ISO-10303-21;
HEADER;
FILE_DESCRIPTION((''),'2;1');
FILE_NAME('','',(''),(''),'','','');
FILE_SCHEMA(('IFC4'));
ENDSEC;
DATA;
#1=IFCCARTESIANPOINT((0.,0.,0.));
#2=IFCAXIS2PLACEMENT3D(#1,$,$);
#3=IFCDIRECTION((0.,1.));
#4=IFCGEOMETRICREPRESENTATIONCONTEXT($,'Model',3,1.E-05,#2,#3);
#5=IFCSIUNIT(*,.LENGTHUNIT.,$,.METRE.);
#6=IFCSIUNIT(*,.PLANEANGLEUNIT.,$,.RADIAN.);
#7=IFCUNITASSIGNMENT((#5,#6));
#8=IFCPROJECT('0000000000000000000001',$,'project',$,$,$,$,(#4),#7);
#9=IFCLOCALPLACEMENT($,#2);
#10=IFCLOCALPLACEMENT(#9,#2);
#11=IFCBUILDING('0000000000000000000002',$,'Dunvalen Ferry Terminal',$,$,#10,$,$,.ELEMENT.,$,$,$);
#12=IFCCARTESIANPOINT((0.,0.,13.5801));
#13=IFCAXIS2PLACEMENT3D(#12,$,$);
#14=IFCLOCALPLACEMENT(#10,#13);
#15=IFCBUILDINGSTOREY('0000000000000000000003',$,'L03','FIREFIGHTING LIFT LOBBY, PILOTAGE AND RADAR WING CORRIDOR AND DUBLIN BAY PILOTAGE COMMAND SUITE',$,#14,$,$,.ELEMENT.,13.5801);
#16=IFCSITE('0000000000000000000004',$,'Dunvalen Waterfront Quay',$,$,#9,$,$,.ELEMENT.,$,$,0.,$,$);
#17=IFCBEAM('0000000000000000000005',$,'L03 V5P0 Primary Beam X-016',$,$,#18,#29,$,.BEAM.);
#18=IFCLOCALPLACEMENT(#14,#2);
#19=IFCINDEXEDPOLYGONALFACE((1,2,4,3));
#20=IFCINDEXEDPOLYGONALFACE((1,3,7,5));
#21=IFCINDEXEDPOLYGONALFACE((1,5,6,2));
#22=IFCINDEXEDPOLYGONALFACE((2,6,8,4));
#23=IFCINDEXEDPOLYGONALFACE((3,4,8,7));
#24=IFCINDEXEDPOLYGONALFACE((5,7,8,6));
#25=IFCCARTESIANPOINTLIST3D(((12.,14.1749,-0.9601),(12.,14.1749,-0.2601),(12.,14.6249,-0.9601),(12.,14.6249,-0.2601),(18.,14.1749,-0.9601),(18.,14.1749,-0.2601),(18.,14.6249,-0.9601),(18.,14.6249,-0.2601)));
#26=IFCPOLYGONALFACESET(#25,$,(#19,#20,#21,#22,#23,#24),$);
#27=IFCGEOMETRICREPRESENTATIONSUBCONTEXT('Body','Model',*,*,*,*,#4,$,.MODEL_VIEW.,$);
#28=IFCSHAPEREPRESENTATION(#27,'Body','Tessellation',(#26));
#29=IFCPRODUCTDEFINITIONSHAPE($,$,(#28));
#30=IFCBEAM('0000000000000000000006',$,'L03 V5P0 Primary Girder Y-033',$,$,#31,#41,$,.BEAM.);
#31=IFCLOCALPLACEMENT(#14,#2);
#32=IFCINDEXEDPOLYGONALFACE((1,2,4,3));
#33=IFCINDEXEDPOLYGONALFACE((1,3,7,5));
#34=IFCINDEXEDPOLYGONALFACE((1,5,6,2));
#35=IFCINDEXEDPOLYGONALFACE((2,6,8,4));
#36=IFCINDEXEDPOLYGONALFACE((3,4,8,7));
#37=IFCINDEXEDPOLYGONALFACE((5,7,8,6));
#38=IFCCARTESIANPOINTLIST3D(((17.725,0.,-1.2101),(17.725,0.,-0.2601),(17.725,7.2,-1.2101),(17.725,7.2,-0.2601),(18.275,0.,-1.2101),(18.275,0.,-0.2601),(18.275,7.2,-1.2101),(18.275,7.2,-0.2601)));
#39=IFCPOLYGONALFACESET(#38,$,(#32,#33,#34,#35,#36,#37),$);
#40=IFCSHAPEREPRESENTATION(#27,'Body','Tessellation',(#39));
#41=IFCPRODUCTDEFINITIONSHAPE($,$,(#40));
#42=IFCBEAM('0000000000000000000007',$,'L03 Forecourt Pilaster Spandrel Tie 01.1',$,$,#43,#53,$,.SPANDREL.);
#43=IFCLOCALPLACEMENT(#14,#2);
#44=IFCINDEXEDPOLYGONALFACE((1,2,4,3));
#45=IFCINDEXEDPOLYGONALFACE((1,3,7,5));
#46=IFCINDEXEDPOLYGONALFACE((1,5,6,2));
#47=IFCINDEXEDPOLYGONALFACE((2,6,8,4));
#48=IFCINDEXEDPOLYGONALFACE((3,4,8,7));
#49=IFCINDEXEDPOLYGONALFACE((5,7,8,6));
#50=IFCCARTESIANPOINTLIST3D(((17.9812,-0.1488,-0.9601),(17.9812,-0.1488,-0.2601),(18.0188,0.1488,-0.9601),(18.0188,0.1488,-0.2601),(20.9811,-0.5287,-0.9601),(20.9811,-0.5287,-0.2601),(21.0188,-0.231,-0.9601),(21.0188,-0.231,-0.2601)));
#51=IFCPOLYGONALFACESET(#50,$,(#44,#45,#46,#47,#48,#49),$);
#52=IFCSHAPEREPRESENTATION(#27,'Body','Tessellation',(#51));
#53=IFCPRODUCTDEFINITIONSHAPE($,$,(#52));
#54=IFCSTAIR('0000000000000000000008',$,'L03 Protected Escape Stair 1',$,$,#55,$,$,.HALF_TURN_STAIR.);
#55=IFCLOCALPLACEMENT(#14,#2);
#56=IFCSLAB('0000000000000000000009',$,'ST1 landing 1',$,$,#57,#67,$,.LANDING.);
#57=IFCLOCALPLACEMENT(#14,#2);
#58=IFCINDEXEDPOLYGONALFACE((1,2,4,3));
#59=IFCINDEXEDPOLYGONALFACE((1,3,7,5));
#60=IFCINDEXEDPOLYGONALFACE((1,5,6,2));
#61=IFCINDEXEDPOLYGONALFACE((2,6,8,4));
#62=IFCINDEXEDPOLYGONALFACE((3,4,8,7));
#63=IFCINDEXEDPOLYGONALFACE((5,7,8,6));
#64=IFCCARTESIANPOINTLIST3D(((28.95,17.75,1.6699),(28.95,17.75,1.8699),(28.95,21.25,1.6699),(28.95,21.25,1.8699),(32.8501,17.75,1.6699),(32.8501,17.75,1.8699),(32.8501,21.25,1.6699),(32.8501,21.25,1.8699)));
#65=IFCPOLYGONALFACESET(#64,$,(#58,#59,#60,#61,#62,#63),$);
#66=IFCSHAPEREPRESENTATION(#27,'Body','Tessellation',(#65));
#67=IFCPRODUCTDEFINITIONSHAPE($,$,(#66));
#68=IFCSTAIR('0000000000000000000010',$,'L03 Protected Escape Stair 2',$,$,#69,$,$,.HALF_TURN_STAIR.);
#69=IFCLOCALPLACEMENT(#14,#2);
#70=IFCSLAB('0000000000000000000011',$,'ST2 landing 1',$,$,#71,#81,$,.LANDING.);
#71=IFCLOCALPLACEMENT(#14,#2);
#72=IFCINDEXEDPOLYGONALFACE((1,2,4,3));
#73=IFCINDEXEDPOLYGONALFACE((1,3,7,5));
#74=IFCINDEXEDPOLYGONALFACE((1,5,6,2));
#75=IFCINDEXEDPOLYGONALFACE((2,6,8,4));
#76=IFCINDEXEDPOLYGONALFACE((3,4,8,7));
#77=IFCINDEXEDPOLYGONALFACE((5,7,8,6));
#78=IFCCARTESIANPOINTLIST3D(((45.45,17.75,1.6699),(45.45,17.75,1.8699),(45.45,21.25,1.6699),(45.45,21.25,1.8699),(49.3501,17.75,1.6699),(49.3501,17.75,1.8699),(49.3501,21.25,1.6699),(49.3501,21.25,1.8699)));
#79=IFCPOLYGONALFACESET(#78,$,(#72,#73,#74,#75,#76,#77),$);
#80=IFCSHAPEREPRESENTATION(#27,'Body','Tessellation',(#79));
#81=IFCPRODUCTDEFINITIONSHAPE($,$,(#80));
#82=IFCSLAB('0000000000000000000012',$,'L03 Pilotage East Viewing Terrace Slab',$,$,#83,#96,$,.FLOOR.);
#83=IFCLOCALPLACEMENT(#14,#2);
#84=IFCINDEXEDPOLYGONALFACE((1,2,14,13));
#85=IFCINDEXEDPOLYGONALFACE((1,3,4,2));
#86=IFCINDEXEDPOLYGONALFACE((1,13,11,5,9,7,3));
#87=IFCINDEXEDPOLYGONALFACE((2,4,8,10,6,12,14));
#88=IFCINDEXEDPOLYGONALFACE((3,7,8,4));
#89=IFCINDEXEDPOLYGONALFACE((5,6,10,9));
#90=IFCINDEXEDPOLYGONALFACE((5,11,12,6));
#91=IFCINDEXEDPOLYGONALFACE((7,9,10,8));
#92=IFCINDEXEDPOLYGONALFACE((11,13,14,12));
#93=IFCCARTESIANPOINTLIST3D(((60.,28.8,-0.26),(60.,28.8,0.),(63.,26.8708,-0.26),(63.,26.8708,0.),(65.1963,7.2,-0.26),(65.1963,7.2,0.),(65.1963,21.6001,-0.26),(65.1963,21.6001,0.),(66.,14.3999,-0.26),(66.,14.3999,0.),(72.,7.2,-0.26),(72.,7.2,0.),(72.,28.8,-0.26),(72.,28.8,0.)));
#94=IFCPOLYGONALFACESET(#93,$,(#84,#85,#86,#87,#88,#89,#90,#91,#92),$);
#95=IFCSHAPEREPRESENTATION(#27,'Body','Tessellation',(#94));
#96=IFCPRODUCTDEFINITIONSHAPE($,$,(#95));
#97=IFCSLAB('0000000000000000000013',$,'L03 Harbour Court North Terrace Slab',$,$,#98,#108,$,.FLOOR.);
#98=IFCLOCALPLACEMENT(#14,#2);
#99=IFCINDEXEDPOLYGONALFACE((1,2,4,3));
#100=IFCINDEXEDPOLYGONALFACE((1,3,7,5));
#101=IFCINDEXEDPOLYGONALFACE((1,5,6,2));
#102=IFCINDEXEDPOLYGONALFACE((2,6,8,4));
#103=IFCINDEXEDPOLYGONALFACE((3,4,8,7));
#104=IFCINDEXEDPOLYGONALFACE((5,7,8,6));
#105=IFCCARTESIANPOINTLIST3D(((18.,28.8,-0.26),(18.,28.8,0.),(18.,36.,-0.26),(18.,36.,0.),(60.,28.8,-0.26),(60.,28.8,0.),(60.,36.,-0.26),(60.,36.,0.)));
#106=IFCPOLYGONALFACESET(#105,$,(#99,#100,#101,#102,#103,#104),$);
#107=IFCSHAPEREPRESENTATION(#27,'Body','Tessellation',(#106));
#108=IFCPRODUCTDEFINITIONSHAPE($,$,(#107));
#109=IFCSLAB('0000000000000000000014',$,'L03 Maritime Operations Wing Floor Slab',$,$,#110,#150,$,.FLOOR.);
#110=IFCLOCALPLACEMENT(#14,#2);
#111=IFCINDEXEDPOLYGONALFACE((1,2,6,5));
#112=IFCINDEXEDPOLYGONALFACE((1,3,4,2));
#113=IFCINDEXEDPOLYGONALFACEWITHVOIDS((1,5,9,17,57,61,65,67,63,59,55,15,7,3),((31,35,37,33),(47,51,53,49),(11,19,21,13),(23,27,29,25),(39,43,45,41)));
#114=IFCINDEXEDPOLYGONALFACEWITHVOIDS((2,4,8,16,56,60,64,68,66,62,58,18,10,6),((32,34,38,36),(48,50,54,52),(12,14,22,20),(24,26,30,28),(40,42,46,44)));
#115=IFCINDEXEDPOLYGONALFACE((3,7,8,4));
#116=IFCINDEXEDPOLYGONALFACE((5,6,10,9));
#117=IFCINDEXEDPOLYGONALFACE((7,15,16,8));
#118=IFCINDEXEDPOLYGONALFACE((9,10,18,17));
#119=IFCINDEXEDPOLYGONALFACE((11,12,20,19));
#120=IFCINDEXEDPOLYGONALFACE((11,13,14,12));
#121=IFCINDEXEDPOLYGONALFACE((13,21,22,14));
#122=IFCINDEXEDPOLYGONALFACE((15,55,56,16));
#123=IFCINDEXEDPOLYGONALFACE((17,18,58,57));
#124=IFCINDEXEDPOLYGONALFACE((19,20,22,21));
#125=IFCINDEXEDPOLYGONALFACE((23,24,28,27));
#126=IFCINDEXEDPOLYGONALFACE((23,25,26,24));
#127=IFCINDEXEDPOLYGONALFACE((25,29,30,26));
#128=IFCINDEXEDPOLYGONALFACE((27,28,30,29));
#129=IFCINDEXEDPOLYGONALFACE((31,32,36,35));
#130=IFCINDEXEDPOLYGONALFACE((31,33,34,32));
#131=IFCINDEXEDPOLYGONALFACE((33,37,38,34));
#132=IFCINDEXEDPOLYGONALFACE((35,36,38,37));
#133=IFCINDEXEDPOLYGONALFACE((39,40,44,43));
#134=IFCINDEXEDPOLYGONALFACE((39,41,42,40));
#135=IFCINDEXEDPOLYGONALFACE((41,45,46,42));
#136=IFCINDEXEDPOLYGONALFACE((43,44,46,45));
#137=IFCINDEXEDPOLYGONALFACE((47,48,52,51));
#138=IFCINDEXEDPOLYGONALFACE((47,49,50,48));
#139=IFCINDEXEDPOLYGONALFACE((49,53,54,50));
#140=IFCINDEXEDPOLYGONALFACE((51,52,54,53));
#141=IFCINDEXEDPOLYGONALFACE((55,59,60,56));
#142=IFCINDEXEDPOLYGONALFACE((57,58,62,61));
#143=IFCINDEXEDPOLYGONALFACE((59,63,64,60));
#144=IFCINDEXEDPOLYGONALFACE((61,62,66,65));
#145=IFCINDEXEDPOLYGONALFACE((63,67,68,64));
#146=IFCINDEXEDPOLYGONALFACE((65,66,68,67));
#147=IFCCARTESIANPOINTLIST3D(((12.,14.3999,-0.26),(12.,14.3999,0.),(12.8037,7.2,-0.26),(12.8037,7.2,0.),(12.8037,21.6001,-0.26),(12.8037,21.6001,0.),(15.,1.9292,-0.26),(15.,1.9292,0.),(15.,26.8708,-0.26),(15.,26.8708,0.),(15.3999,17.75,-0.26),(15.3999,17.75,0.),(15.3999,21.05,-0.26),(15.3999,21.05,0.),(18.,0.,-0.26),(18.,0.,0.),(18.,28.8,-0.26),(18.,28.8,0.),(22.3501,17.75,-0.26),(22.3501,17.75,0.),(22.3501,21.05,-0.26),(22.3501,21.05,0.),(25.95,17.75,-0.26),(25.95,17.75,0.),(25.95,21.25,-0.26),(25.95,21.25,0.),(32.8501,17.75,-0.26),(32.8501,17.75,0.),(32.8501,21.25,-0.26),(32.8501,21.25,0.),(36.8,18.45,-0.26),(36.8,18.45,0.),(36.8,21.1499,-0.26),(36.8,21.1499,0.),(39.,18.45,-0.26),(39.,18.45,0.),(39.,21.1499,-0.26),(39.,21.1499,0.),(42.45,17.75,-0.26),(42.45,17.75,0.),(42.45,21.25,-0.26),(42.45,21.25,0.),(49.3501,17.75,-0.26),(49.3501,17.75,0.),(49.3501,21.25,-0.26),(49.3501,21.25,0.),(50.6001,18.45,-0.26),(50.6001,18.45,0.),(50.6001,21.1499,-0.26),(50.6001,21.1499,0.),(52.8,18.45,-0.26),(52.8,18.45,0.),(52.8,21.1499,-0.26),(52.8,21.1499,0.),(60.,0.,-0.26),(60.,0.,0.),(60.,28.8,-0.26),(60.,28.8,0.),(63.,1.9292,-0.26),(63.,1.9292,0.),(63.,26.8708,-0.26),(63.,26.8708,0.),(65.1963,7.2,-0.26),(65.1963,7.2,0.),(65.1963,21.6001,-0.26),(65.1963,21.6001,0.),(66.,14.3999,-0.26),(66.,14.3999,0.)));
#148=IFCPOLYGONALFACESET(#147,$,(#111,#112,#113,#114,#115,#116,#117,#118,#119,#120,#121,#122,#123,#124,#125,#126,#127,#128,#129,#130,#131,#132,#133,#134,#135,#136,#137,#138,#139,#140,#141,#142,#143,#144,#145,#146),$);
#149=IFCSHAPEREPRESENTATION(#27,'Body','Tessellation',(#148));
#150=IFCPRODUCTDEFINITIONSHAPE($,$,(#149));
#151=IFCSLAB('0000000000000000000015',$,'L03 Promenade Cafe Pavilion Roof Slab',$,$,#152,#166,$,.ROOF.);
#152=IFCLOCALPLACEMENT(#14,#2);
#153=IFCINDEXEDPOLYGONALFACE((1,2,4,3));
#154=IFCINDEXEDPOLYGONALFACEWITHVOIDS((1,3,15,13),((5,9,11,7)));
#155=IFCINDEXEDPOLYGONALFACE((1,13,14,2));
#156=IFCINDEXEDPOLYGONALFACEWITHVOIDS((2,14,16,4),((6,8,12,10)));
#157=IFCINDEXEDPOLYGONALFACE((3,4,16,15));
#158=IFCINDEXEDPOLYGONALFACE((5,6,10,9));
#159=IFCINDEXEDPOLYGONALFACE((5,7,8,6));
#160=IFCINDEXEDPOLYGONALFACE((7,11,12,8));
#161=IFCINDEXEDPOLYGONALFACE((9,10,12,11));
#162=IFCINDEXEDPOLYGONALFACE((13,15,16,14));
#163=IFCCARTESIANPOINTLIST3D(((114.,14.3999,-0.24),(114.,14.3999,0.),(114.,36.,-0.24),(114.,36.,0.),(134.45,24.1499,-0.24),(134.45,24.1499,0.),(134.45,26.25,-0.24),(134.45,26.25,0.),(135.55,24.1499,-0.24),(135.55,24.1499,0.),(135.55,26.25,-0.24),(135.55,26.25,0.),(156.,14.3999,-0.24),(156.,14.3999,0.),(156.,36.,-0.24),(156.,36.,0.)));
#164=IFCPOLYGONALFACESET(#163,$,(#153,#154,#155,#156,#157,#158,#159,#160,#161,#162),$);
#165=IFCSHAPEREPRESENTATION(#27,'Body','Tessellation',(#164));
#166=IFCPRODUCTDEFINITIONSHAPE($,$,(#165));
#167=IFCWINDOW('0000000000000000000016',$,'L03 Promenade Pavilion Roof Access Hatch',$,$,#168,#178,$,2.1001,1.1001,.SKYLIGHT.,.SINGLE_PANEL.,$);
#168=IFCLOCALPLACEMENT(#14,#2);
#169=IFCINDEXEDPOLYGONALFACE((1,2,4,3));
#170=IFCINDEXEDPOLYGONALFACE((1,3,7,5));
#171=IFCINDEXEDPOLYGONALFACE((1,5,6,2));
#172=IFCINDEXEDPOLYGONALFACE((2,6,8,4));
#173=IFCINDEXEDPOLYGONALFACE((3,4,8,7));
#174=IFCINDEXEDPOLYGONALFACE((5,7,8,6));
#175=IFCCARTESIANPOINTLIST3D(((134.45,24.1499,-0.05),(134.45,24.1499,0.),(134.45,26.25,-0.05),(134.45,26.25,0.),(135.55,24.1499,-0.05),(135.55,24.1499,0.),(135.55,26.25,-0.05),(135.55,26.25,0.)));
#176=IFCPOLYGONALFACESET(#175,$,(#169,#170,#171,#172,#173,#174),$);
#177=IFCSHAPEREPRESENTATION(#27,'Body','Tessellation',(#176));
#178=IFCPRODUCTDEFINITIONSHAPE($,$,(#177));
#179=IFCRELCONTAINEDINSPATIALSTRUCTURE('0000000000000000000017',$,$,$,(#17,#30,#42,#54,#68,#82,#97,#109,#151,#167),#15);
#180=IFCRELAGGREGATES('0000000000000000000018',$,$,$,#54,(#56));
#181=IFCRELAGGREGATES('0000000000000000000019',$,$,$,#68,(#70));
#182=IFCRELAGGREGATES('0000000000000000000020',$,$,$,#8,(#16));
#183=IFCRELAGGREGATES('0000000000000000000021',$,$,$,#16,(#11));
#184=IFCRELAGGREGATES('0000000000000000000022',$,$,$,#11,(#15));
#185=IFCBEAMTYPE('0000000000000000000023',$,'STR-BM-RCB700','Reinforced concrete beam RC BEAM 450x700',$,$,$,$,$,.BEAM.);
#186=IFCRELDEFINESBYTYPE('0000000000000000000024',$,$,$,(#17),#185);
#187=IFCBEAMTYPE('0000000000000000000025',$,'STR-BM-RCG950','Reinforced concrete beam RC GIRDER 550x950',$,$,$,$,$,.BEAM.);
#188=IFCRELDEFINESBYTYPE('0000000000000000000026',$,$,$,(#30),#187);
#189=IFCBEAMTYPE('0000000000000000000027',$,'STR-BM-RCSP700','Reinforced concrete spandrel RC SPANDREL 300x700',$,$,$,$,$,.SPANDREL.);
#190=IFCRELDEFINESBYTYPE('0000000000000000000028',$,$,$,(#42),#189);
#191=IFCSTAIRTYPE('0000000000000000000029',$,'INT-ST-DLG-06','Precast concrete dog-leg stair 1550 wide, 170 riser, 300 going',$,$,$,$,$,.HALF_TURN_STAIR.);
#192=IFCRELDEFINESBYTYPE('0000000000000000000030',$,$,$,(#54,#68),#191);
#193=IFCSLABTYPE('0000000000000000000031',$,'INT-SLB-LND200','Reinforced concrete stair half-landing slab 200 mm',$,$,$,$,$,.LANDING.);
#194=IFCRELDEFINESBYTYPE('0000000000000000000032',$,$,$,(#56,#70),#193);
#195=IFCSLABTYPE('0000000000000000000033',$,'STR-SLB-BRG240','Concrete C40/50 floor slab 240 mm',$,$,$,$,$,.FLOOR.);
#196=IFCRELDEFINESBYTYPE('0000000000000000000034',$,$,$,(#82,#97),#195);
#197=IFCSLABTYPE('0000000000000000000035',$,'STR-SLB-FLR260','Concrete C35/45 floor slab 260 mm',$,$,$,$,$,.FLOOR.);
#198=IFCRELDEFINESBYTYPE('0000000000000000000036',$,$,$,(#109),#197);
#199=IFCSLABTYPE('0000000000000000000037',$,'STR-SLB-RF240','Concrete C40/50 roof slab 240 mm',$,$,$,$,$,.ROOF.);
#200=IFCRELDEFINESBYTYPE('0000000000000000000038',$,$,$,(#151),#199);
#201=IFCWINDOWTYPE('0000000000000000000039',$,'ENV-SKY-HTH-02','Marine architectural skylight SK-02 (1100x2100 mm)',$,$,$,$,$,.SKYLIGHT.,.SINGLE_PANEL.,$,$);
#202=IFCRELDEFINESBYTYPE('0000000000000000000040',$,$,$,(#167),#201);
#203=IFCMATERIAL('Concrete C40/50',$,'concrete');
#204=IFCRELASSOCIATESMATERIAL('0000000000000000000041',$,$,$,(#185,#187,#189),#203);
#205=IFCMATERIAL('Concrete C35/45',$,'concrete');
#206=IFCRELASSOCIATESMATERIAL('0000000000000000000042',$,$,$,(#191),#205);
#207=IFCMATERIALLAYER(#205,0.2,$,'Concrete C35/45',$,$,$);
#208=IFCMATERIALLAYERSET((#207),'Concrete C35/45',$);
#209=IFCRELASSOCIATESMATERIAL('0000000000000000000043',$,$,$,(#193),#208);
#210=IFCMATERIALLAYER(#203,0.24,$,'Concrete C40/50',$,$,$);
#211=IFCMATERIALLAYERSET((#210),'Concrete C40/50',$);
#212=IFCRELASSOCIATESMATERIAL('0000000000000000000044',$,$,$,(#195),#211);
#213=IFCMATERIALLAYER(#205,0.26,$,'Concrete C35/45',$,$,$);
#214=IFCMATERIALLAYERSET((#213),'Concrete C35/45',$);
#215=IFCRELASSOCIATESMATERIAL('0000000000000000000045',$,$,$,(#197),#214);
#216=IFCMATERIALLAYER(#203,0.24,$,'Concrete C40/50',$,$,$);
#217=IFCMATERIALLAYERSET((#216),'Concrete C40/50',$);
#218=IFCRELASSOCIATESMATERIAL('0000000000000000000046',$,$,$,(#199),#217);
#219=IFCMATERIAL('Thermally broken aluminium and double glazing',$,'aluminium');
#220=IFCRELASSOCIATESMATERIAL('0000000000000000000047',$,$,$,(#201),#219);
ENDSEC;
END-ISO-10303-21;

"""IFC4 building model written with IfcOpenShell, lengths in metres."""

from ifc_helpers import new_model, si_unit, direction, frame, origin, origin_2d, place, context, subcontext, project, spatial, polyline, rectangle, outline, extrude, material, layer, layer_set, material_profile, profile_set, type_object, element, fill, aggregate, save


model = new_model("IFC4")

# Units and contexts
model_context = context("Model", 3, precision=1e-05, world=origin(), true_north=direction((0.0, 1.0)))
body_context = subcontext(model_context, "Body", "Model", "MODEL_VIEW")
ifc_project = project(units=[si_unit("LENGTHUNIT", "METRE"), si_unit("PLANEANGLEUNIT", "RADIAN")], contexts=[model_context])

# Site, building, storey
site_placement = place(None, origin())
site = spatial("IfcSite", under=ifc_project, at=site_placement, Name="Dunvalen Waterfront Quay", CompositionType="ELEMENT", RefElevation=0.0)
building_placement = place(site_placement, origin())
building = spatial("IfcBuilding", under=site, at=building_placement, Name="Dunvalen Ferry Terminal", CompositionType="ELEMENT")
storey_placement = place(building_placement, frame((0.0, 0.0, 13.5801)))
storey = spatial("IfcBuildingStorey", under=building, at=storey_placement, Name="L03", Description="FIREFIGHTING LIFT LOBBY, PILOTAGE AND RADAR WING CORRIDOR AND DUBLIN BAY PILOTAGE COMMAND SUITE", CompositionType="ELEMENT", Elevation=13.5801)

# Beams
ifc_material_1 = material(Name="Concrete C40/50", Category="concrete")
ifc_material_profile_1 = material_profile(ifc_material_1, rectangle(XDim=0.45, YDim=0.7, at=origin_2d()), Name="Concrete C40/50")
ifc_profile_set_1 = profile_set([ifc_material_profile_1], Name="Concrete C40/50")
beam_type_1 = type_object("IfcBeamType", Name="STR-BM-RCB700", Description="Reinforced concrete beam RC BEAM 450x700", PredefinedType="BEAM", material=ifc_profile_set_1)
beam_1_placement = place(storey_placement, frame((12.0, 14.3999, -0.6101), z_axis=(1.0, 0.0, 0.0), x_axis=(0.0, 1.0, 0.0)))
element("IfcBeam", 1, at=beam_1_placement, inside=storey, type_object=beam_type_1, Name="L03 V5P0 Primary Beam X-016", PredefinedType="BEAM", context=body_context, shape_type="SweptSolid", body=[
    extrude(rectangle(XDim=0.45, YDim=0.7, at=origin_2d()), origin(), (0.0, 0.0, 1.0), 6.0),
])
ifc_material_profile_2 = material_profile(ifc_material_1, rectangle(XDim=0.55, YDim=0.95, at=origin_2d()), Name="Concrete C40/50")
ifc_profile_set_2 = profile_set([ifc_material_profile_2], Name="Concrete C40/50")
beam_type_2 = type_object("IfcBeamType", Name="STR-BM-RCG950", Description="Reinforced concrete beam RC GIRDER 550x950", PredefinedType="BEAM", material=ifc_profile_set_2)
beam_2_placement = place(storey_placement, frame((18.0, 0.0, -0.7351), z_axis=(0.0, 1.0, 0.0), x_axis=(-1.0, 0.0, 0.0)))
element("IfcBeam", 2, at=beam_2_placement, inside=storey, type_object=beam_type_2, Name="L03 V5P0 Primary Girder Y-033", PredefinedType="BEAM", context=body_context, shape_type="SweptSolid", body=[
    extrude(rectangle(XDim=0.55, YDim=0.95, at=origin_2d()), origin(), (0.0, 0.0, 1.0), 7.2),
])
ifc_material_profile_3 = material_profile(ifc_material_1, rectangle(XDim=0.3, YDim=0.7, at=origin_2d()), Name="Concrete C40/50")
ifc_profile_set_3 = profile_set([ifc_material_profile_3], Name="Concrete C40/50")
beam_type_3 = type_object("IfcBeamType", Name="STR-BM-RCSP700", Description="Reinforced concrete spandrel RC SPANDREL 300x700", PredefinedType="SPANDREL", material=ifc_profile_set_3)
beam_3_placement = place(storey_placement, frame((18.0, 0.0, -0.6101), z_axis=(0.992078, -0.125624, 0.0), x_axis=(0.125624, 0.992078, 0.0)))
element("IfcBeam", 3, at=beam_3_placement, inside=storey, type_object=beam_type_3, Name="L03 Forecourt Pilaster Spandrel Tie 01.1", PredefinedType="SPANDREL", context=body_context, shape_type="SweptSolid", body=[
    extrude(rectangle(XDim=0.3, YDim=0.7, at=origin_2d()), origin(), (0.0, 0.0, 1.0), 3.0239),
])

# Stairs, slabs
ifc_material_2 = material(Name="Concrete C35/45", Category="concrete")
stair_type = type_object("IfcStairType", Name="INT-ST-DLG-06", Description="Precast concrete dog-leg stair 1550 wide, 170 riser, 300 going", PredefinedType="HALF_TURN_STAIR", material=ifc_material_2)
stair_1_placement = place(storey_placement, origin())
stair_1 = element("IfcStair", 4, at=stair_1_placement, inside=storey, type_object=stair_type, Name="L03 Protected Escape Stair 1", PredefinedType="HALF_TURN_STAIR")
ifc_layer_1 = layer(ifc_material_2, 0.2, Name="Concrete C35/45")
ifc_layer_set_1 = layer_set([ifc_layer_1], Name="Concrete C35/45")
slab_type_1 = type_object("IfcSlabType", Name="INT-SLB-LND200", Description="Reinforced concrete stair half-landing slab 200 mm", PredefinedType="LANDING", material=ifc_layer_set_1)
slab_1_placement = place(storey_placement, frame((0.0, 0.0, 1.6699)))
slab_1 = element("IfcSlab", 5, at=slab_1_placement, type_object=slab_type_1, Name="ST1 landing 1", PredefinedType="LANDING", context=body_context, shape_type="SweptSolid", body=[
    extrude(outline(polyline([(28.95, 17.75), (32.8501, 17.75), (32.8501, 21.25), (28.95, 21.25), (28.95, 17.75)])), origin(), (0.0, 0.0, 1.0), 0.2),
])
aggregate(stair_1, [slab_1])
stair_2_placement = place(storey_placement, origin())
stair_2 = element("IfcStair", 6, at=stair_2_placement, inside=storey, type_object=stair_type, Name="L03 Protected Escape Stair 2", PredefinedType="HALF_TURN_STAIR")
slab_2_placement = place(storey_placement, frame((0.0, 0.0, 1.6699)))
slab_2 = element("IfcSlab", 7, at=slab_2_placement, type_object=slab_type_1, Name="ST2 landing 1", PredefinedType="LANDING", context=body_context, shape_type="SweptSolid", body=[
    extrude(outline(polyline([(45.45, 17.75), (49.3501, 17.75), (49.3501, 21.25), (45.45, 21.25), (45.45, 17.75)])), origin(), (0.0, 0.0, 1.0), 0.2),
])
aggregate(stair_2, [slab_2])

# Slabs
ifc_layer_2 = layer(ifc_material_1, 0.24, Name="Concrete C40/50")
ifc_layer_set_2 = layer_set([ifc_layer_2], Name="Concrete C40/50")
slab_type_2 = type_object("IfcSlabType", Name="STR-SLB-BRG240", Description="Concrete C40/50 floor slab 240 mm", PredefinedType="FLOOR", material=ifc_layer_set_2)
slab_3_placement = place(storey_placement, frame((0.0, 0.0, -0.26)))
element("IfcSlab", 8, at=slab_3_placement, inside=storey, type_object=slab_type_2, Name="L03 Pilotage East Viewing Terrace Slab", PredefinedType="FLOOR", context=body_context, shape_type="SweptSolid", body=[
    extrude(outline(polyline([(60.0, 28.8), (63.0, 26.8708), (65.1963, 21.6001), (66.0, 14.3999), (65.1963, 7.2), (72.0, 7.2), (72.0, 28.8), (60.0, 28.8)])), origin(), (0.0, 0.0, 1.0), 0.26),
])
slab_4_placement = place(storey_placement, frame((0.0, 0.0, -0.26)))
element("IfcSlab", 9, at=slab_4_placement, inside=storey, type_object=slab_type_2, Name="L03 Harbour Court North Terrace Slab", PredefinedType="FLOOR", context=body_context, shape_type="SweptSolid", body=[
    extrude(outline(polyline([(18.0, 28.8), (60.0, 28.8), (60.0, 36.0), (18.0, 36.0), (18.0, 28.8)])), origin(), (0.0, 0.0, 1.0), 0.26),
])
ifc_layer_3 = layer(ifc_material_2, 0.26, Name="Concrete C35/45")
ifc_layer_set_3 = layer_set([ifc_layer_3], Name="Concrete C35/45")
slab_type_3 = type_object("IfcSlabType", Name="STR-SLB-FLR260", Description="Concrete C35/45 floor slab 260 mm", PredefinedType="FLOOR", material=ifc_layer_set_3)
slab_5_placement = place(storey_placement, frame((0.0, 0.0, -0.26)))
element("IfcSlab", 10, at=slab_5_placement, inside=storey, type_object=slab_type_3, Name="L03 Maritime Operations Wing Floor Slab", PredefinedType="FLOOR", context=body_context, shape_type="SweptSolid", body=[
    extrude(outline(polyline([(18.0, 0.0), (60.0, 0.0), (63.0, 1.9292), (65.1963, 7.2), (66.0, 14.3999), (65.1963, 21.6001), (63.0, 26.8708), (60.0, 28.8), (18.0, 28.8), (15.0, 26.8708), (12.8037, 21.6001), (12.0, 14.3999), (12.8037, 7.2), (15.0, 1.9292), (18.0, 0.0)]), holes=[polyline([(25.95, 17.75), (32.8501, 17.75), (32.8501, 21.25), (25.95, 21.25), (25.95, 17.75)]), polyline([(42.45, 17.75), (49.3501, 17.75), (49.3501, 21.25), (42.45, 21.25), (42.45, 17.75)]), polyline([(15.3999, 17.75), (22.3501, 17.75), (22.3501, 21.05), (15.3999, 21.05), (15.3999, 17.75)]), polyline([(36.8, 18.45), (39.0, 18.45), (39.0, 21.1499), (36.8, 21.1499), (36.8, 18.45)]), polyline([(50.6001, 18.45), (52.8, 18.45), (52.8, 21.1499), (50.6001, 21.1499), (50.6001, 18.45)])]), origin(), (0.0, 0.0, 1.0), 0.26),
])

# Slab, opening, window
ifc_layer_4 = layer(ifc_material_1, 0.24, Name="Concrete C40/50")
ifc_layer_set_4 = layer_set([ifc_layer_4], Name="Concrete C40/50")
slab_type_4 = type_object("IfcSlabType", Name="STR-SLB-RF240", Description="Concrete C40/50 roof slab 240 mm", PredefinedType="ROOF", material=ifc_layer_set_4)
slab_6_placement = place(storey_placement, frame((0.0, 0.0, -0.24)))
slab_6 = element("IfcSlab", 11, at=slab_6_placement, inside=storey, type_object=slab_type_4, Name="L03 Promenade Cafe Pavilion Roof Slab", PredefinedType="ROOF", context=body_context, shape_type="SweptSolid", body=[
    extrude(outline(polyline([(114.0, 14.3999), (156.0, 14.3999), (156.0, 36.0), (114.0, 36.0), (114.0, 14.3999)])), origin(), (0.0, 0.0, 1.0), 0.24),
])
opening_1_placement = place(slab_6_placement, frame((135.0, 25.2, 0.0)))
opening_1 = element("IfcOpeningElement", 12, at=opening_1_placement, cuts=slab_6, PredefinedType="OPENING", context=body_context, shape_type="SweptSolid", body=[
    extrude(rectangle(XDim=1.1001, YDim=2.1001, at=origin_2d()), origin(), (0.0, 0.0, 1.0), 0.24),
])
ifc_material_3 = material(Name="Thermally broken aluminium and double glazing", Category="aluminium")
window_type_1 = type_object("IfcWindowType", Name="ENV-SKY-HTH-02", Description="Marine architectural skylight SK-02 (1100x2100 mm)", PartitioningType="SINGLE_PANEL", PredefinedType="SKYLIGHT", material=ifc_material_3)
window_1_placement = place(opening_1_placement, frame((0.0, 0.0, 0.1899)))
window_1 = element("IfcWindow", 13, at=window_1_placement, inside=storey, type_object=window_type_1, Name="L03 Promenade Pavilion Roof Access Hatch", OverallHeight=2.1001, OverallWidth=1.1001, PartitioningType="SINGLE_PANEL", PredefinedType="SKYLIGHT", context=body_context, shape_type="SweptSolid", body=[
    extrude(rectangle(XDim=1.1001, YDim=2.1001, at=origin_2d()), origin(), (0.0, 0.0, 1.0), 0.05),
])
fill(opening_1, window_1)

save(model, "model.ifc")
